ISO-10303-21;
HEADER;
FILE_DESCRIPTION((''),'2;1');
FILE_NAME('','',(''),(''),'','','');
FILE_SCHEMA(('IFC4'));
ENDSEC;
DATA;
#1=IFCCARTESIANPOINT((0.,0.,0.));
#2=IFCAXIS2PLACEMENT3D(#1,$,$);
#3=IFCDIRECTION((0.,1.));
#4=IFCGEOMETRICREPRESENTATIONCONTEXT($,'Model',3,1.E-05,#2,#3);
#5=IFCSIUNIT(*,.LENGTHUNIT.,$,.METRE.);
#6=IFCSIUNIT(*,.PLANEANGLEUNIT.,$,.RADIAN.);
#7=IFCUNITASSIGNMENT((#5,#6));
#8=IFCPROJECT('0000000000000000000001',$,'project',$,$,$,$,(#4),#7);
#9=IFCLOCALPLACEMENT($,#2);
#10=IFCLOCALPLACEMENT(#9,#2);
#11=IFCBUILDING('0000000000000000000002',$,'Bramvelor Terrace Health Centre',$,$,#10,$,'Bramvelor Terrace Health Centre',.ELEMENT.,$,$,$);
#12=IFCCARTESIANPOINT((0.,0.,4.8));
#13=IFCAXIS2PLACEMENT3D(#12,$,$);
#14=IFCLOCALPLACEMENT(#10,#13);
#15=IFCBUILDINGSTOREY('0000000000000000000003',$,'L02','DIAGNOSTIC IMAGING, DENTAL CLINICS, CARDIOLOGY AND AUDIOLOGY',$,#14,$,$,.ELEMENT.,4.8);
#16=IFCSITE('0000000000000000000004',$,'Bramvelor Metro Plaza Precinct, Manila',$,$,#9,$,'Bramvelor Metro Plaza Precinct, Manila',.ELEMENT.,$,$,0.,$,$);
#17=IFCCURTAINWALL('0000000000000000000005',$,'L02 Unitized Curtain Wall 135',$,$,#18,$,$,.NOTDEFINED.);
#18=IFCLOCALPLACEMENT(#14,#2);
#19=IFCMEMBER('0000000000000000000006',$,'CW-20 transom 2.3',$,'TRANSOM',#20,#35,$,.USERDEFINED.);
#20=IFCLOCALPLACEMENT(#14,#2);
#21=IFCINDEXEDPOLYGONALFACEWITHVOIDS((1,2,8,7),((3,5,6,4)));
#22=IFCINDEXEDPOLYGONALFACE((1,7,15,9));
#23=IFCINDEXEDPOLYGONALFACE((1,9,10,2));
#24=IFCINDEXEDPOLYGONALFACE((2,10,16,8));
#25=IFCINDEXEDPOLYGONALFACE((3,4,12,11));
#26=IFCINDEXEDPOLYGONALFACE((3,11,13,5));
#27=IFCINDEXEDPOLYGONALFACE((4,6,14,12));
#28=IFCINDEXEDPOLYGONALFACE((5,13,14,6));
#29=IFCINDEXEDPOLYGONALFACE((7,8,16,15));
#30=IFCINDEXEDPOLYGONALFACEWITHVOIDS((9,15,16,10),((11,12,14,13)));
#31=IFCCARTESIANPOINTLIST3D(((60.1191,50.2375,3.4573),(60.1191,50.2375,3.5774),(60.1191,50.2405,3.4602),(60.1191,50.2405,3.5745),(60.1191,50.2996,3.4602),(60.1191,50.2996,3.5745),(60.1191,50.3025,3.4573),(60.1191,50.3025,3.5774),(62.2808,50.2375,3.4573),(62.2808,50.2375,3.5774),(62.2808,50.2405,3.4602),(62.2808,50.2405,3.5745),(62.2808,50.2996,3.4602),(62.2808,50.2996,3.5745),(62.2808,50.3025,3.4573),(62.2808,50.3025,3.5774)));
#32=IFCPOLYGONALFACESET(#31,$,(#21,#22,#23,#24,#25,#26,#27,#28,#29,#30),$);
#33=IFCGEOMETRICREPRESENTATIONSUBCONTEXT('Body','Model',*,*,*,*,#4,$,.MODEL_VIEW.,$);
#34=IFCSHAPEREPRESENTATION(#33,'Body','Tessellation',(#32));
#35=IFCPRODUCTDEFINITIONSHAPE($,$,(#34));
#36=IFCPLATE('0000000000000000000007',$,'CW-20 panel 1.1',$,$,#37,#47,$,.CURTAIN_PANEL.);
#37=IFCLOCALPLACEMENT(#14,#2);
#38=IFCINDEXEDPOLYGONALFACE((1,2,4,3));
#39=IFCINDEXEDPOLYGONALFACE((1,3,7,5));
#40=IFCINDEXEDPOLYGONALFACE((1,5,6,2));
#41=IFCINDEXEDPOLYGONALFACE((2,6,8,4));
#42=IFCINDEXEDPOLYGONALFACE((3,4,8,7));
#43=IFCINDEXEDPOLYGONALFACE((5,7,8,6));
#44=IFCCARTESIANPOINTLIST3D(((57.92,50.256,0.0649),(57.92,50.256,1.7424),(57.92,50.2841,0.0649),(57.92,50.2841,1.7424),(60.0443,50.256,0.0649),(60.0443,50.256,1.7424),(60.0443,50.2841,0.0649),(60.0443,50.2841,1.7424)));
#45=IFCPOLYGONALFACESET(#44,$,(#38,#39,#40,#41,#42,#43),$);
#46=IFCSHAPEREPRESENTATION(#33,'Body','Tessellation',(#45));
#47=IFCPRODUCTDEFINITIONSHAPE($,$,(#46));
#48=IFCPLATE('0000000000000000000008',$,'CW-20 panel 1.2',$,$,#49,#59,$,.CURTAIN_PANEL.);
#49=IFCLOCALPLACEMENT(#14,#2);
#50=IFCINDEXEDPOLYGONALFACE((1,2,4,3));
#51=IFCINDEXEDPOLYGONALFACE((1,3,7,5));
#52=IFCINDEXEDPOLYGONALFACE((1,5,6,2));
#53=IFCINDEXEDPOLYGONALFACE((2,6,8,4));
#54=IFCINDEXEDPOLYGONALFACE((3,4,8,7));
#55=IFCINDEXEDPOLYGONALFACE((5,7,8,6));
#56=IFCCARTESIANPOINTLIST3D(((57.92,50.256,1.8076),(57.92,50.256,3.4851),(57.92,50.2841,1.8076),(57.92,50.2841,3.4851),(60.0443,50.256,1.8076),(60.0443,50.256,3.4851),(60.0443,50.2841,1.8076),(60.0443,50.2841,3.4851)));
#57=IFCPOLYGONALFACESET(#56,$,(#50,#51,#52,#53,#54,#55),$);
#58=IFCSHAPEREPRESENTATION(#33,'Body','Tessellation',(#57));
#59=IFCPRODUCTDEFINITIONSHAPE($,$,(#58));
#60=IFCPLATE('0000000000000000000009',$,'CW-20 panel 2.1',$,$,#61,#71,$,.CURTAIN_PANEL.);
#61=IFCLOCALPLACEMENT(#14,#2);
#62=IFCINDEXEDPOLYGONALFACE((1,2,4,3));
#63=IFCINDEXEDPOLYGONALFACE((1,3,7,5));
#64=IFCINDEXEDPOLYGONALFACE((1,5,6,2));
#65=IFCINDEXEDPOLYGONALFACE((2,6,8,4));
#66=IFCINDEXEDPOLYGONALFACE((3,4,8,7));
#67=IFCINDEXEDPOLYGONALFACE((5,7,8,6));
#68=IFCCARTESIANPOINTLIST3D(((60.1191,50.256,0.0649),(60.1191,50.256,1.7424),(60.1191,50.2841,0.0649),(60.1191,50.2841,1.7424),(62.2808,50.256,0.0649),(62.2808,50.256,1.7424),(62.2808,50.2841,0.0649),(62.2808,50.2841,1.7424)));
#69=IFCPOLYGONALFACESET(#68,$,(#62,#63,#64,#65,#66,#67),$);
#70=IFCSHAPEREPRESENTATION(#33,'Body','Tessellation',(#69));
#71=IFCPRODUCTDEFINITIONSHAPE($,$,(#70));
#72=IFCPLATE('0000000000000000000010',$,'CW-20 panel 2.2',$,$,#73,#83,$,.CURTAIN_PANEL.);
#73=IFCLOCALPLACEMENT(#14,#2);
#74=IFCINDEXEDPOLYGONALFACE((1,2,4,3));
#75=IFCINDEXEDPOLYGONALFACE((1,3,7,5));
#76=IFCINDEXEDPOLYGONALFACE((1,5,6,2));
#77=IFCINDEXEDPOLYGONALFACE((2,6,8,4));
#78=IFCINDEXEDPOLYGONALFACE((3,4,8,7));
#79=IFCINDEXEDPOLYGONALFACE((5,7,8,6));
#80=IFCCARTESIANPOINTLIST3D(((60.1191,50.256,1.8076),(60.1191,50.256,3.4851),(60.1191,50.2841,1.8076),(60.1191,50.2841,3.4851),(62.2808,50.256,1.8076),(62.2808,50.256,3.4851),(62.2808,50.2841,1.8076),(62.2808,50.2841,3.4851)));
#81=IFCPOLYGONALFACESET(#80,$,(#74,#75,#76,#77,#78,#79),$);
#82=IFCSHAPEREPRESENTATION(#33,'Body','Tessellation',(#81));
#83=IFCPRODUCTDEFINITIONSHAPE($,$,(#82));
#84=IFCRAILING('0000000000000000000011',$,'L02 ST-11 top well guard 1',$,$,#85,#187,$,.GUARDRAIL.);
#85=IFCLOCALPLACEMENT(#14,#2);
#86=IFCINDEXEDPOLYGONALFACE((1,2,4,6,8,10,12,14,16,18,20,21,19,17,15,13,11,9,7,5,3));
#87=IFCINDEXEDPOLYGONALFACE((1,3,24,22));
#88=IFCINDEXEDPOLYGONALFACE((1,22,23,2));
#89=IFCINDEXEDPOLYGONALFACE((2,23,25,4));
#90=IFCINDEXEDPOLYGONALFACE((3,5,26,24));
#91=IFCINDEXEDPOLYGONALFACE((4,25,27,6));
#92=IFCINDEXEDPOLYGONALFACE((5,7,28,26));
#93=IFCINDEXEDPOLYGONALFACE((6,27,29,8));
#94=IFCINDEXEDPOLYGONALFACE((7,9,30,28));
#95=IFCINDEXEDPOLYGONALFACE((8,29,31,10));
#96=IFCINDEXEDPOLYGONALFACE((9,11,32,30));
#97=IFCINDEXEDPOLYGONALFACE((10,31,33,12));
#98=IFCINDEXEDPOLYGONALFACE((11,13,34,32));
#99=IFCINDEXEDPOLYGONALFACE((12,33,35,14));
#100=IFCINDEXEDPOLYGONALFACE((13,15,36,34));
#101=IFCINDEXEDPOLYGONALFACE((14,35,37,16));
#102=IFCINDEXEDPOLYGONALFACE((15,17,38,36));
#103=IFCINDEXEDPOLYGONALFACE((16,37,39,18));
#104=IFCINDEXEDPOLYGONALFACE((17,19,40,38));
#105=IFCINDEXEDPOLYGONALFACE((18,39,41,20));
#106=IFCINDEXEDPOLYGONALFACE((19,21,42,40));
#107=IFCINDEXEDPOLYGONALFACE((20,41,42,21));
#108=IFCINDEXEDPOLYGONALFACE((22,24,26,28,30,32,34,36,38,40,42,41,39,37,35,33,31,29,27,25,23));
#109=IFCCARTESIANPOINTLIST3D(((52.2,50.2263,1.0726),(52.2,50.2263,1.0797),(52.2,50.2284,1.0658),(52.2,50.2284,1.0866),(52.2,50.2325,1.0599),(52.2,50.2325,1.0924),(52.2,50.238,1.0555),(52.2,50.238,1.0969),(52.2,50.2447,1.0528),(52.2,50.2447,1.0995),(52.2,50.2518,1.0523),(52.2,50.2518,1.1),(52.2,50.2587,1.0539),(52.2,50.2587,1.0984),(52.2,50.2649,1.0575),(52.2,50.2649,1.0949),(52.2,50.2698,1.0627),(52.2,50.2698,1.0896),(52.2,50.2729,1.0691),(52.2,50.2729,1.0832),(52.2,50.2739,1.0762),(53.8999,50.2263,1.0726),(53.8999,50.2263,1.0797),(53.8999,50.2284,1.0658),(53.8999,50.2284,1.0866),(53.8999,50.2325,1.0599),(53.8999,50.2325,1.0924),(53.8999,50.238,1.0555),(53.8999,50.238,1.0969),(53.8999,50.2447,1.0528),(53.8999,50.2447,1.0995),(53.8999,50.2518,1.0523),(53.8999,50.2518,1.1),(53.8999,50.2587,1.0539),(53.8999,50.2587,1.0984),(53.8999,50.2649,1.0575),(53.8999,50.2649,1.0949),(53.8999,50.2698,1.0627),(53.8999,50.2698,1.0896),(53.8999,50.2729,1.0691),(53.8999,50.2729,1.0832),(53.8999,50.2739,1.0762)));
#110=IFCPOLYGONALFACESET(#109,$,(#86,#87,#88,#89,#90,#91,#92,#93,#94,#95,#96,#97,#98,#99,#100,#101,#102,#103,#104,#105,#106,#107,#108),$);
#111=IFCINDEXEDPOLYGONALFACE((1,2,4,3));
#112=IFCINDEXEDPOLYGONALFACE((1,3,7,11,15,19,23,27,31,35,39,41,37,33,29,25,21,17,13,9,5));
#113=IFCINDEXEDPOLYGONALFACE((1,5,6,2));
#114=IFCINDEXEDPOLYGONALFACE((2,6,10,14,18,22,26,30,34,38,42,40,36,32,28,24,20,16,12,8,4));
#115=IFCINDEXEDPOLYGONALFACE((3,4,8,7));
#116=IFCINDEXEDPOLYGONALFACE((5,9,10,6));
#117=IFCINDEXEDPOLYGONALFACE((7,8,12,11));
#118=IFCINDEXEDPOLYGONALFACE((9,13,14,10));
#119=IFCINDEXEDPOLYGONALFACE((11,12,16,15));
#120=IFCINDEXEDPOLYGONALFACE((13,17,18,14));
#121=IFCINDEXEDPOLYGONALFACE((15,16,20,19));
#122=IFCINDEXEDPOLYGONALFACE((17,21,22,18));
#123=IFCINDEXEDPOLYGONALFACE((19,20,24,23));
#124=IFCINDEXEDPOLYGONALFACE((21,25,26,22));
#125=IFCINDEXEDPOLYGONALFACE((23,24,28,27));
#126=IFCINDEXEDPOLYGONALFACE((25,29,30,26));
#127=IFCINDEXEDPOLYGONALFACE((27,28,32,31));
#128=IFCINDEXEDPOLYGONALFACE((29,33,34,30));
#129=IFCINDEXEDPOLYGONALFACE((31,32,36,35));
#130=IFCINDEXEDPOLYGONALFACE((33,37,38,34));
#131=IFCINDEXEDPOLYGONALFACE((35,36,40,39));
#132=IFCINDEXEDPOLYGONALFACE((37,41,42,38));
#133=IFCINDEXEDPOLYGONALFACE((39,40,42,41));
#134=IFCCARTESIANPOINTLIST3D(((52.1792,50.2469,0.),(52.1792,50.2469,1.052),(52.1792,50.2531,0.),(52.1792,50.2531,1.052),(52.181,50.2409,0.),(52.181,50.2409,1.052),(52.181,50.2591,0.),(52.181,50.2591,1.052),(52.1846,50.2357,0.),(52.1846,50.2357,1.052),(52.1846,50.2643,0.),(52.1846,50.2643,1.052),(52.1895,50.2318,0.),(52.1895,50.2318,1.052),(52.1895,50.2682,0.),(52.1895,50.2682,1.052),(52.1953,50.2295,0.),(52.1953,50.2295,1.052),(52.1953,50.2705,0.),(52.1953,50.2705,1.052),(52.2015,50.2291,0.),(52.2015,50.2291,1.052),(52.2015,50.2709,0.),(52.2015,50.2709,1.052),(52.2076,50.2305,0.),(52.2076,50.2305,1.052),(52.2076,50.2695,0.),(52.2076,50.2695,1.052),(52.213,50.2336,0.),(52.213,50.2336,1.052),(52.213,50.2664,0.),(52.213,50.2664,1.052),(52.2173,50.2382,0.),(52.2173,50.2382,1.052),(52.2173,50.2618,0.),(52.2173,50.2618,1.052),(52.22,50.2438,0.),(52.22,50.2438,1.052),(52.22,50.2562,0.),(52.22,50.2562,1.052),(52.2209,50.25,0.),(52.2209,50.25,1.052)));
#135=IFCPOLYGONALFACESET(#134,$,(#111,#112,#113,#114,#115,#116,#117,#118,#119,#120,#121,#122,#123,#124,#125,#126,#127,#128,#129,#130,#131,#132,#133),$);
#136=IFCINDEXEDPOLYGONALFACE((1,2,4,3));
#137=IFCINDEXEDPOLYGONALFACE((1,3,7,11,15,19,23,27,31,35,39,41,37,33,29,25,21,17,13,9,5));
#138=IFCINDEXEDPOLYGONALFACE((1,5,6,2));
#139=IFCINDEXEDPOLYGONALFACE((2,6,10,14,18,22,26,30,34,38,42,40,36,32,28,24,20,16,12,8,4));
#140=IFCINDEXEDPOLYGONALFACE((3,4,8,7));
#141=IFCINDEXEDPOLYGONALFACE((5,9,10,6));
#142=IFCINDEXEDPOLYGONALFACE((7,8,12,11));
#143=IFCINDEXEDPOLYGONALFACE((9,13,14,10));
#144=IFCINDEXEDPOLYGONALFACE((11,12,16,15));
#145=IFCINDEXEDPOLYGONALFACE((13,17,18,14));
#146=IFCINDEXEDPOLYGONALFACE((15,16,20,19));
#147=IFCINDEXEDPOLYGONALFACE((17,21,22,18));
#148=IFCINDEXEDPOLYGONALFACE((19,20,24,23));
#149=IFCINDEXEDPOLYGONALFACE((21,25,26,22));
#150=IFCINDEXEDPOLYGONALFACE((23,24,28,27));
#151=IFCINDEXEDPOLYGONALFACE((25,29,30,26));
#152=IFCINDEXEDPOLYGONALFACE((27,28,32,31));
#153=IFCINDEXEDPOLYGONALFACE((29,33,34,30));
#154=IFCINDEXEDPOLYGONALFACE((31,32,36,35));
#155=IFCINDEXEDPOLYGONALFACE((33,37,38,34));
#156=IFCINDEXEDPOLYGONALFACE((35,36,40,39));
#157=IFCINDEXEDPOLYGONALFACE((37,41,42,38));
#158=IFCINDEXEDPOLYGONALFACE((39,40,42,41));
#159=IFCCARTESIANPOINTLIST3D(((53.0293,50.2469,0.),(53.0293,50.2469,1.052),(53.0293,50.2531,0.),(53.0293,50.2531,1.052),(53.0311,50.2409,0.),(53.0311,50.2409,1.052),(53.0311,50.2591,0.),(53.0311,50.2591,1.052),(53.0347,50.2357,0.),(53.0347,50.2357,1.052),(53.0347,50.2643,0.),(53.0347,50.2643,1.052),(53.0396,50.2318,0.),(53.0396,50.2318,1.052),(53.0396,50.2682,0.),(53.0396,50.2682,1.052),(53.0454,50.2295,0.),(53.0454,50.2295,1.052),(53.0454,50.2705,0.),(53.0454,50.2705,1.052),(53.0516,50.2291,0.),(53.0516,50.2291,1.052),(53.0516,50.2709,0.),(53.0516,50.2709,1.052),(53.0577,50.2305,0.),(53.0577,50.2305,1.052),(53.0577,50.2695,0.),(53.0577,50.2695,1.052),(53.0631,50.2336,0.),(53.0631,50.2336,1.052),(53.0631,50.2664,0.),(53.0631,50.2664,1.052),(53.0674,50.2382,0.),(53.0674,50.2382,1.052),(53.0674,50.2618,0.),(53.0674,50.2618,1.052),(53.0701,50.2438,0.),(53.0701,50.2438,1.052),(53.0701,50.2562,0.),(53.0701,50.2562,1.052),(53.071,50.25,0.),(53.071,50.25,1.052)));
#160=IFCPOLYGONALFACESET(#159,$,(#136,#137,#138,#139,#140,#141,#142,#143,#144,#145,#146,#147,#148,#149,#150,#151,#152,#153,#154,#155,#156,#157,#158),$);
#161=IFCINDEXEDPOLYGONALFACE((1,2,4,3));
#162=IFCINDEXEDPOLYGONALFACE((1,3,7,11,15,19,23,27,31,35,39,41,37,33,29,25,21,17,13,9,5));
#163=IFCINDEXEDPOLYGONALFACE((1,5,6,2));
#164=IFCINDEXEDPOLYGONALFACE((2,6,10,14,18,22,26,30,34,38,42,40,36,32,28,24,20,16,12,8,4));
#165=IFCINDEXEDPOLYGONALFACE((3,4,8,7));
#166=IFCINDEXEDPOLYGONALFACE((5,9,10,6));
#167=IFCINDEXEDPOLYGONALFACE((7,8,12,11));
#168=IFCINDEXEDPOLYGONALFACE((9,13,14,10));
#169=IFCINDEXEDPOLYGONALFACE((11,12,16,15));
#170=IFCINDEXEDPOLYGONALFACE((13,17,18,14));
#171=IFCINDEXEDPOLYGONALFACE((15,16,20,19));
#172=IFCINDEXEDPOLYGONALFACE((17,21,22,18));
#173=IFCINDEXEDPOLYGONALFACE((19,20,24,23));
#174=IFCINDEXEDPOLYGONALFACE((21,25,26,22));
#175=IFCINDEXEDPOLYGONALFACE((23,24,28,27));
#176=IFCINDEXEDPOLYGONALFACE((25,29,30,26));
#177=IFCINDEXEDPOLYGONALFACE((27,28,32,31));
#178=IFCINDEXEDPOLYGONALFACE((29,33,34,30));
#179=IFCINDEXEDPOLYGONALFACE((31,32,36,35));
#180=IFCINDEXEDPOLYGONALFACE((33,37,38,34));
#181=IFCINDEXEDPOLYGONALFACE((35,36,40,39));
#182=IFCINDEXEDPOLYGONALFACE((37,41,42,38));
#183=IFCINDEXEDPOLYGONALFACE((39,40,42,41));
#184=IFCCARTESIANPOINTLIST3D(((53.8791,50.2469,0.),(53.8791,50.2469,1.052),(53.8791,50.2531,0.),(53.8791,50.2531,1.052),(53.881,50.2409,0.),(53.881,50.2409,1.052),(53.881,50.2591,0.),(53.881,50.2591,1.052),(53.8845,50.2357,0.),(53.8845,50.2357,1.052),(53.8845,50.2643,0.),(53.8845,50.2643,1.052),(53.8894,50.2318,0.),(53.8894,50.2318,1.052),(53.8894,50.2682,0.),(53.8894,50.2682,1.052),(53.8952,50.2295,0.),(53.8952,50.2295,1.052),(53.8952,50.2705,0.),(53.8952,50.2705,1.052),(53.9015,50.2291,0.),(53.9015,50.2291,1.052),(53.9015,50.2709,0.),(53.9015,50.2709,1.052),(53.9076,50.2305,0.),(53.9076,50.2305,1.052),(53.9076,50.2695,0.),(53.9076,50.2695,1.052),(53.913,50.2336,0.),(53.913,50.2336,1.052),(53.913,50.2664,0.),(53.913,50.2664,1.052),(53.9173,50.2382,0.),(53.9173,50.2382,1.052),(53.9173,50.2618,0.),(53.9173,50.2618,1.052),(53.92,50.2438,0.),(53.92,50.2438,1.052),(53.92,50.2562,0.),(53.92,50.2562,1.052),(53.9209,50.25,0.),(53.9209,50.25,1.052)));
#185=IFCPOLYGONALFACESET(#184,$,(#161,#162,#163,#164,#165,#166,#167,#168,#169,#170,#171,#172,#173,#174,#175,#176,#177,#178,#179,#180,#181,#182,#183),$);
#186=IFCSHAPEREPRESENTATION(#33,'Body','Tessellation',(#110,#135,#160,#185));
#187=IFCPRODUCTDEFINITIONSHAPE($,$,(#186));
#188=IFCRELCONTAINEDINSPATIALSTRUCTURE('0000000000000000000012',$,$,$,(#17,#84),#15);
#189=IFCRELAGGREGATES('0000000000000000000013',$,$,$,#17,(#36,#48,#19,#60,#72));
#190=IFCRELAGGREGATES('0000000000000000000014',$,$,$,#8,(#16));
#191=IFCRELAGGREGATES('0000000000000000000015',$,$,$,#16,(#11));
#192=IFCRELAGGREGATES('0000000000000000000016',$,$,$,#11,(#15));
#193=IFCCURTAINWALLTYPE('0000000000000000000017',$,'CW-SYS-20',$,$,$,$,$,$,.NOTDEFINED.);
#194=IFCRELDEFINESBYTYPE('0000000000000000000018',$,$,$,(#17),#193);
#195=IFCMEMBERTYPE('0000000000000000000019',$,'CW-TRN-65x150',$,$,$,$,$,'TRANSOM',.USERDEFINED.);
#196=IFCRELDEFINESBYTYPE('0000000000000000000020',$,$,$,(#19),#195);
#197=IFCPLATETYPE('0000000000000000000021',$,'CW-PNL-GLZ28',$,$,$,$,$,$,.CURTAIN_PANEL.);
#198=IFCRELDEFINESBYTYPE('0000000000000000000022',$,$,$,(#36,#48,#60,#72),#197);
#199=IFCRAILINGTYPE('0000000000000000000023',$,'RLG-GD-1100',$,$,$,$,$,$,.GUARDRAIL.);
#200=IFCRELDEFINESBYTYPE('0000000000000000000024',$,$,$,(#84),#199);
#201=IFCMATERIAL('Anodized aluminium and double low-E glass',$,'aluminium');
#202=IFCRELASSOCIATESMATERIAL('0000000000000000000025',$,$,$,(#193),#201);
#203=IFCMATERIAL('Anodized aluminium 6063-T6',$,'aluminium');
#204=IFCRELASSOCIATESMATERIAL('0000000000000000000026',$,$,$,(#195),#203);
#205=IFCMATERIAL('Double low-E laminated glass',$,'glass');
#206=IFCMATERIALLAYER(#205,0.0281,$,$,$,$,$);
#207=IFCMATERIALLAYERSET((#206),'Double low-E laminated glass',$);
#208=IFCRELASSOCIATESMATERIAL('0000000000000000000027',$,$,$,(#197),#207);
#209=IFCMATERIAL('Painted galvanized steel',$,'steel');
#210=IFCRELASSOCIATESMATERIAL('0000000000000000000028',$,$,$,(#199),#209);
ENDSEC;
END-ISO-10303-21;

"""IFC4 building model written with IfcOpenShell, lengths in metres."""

from ifc_helpers import new_model, si_unit, direction, frame, origin, origin_2d, place, context, subcontext, project, spatial, rectangle, hollow_rectangle, circle, extrude, material, layer, layer_set, material_profile, profile_set, type_object, element, aggregate, save


model = new_model("IFC4")

# Units and contexts
model_context = context("Model", 3, precision=1e-05, world=origin(), true_north=direction((0.0, 1.0)))
body_context = subcontext(model_context, "Body", "Model", "MODEL_VIEW")
ifc_project = project(units=[si_unit("LENGTHUNIT", "METRE"), si_unit("PLANEANGLEUNIT", "RADIAN")], contexts=[model_context])

# Site, building, storey
site_placement = place(None, origin())
site = spatial("IfcSite", under=ifc_project, at=site_placement, Name="Bramvelor Metro Plaza Precinct, Manila", LongName="Bramvelor Metro Plaza Precinct, Manila", CompositionType="ELEMENT", RefElevation=0.0)
building_placement = place(site_placement, origin())
building = spatial("IfcBuilding", under=site, at=building_placement, Name="Bramvelor Terrace Health Centre", LongName="Bramvelor Terrace Health Centre", CompositionType="ELEMENT")
storey_placement = place(building_placement, frame((0.0, 0.0, 4.8)))
storey = spatial("IfcBuildingStorey", under=building, at=storey_placement, Name="L02", Description="DIAGNOSTIC IMAGING, DENTAL CLINICS, CARDIOLOGY AND AUDIOLOGY", CompositionType="ELEMENT", Elevation=4.8)

# Curtain wall, member, plates
ifc_material_1 = material(Name="Anodized aluminium and double low-E glass", Category="aluminium")
curtain_wall_type = type_object("IfcCurtainWallType", Name="CW-SYS-20", PredefinedType="NOTDEFINED", material=ifc_material_1)
curtain_wall_placement = place(storey_placement, origin())
curtain_wall = element("IfcCurtainWall", 1, at=curtain_wall_placement, inside=storey, type_object=curtain_wall_type, Name="L02 Unitized Curtain Wall 135", PredefinedType="NOTDEFINED")
ifc_material_2 = material(Name="Anodized aluminium 6063-T6", Category="aluminium")
ifc_material_profile_1 = material_profile(ifc_material_2, hollow_rectangle(XDim=0.0649, YDim=0.1201, WallThickness=0.0029, at=origin_2d()), Name="ALU-TRN 65x120x3.0")
ifc_profile_set_1 = profile_set([ifc_material_profile_1], Name="Anodized aluminium 6063-T6")
member_type_1 = type_object("IfcMemberType", Name="CW-TRN-65x150", ElementType="TRANSOM", PredefinedType="USERDEFINED", material=ifc_profile_set_1)
member_1_placement = place(storey_placement, frame((60.1191, 50.27, 3.5173), z_axis=(1.0, 0.0, 0.0), x_axis=(0.0, 1.0, 0.0)))
member_1 = element("IfcMember", 2, at=member_1_placement, type_object=member_type_1, Name="CW-20 transom 2.3", ObjectType="TRANSOM", PredefinedType="USERDEFINED", context=body_context, shape_type="SweptSolid", body=[
    extrude(hollow_rectangle(XDim=0.0649, YDim=0.1201, WallThickness=0.0029, at=origin_2d()), origin(), (0.0, 0.0, 1.0), 2.1616),
])
ifc_material_3 = material(Name="Double low-E laminated glass", Category="glass")
ifc_layer = layer(ifc_material_3, 0.0281)
ifc_layer_set = layer_set([ifc_layer], Name="Double low-E laminated glass")
plate_type = type_object("IfcPlateType", Name="CW-PNL-GLZ28", PredefinedType="CURTAIN_PANEL", material=ifc_layer_set)
plate_1_placement = place(storey_placement, frame((58.9822, 50.27, 0.0649), z_axis=(0.0, 0.0, 1.0), x_axis=(1.0, 0.0, 0.0)))
plate_1 = element("IfcPlate", 3, at=plate_1_placement, type_object=plate_type, Name="CW-20 panel 1.1", PredefinedType="CURTAIN_PANEL", context=body_context, shape_type="SweptSolid", body=[
    extrude(rectangle(XDim=2.1243, YDim=0.0281, at=origin_2d()), origin(), (0.0, 0.0, 1.0), 1.6775),
])
plate_2_placement = place(storey_placement, frame((58.9822, 50.27, 1.8076), z_axis=(0.0, 0.0, 1.0), x_axis=(1.0, 0.0, 0.0)))
plate_2 = element("IfcPlate", 4, at=plate_2_placement, type_object=plate_type, Name="CW-20 panel 1.2", PredefinedType="CURTAIN_PANEL", context=body_context, shape_type="SweptSolid", body=[
    extrude(rectangle(XDim=2.1243, YDim=0.0281, at=origin_2d()), origin(), (0.0, 0.0, 1.0), 1.6775),
])
plate_3_placement = place(storey_placement, frame((61.2, 50.27, 0.0649), z_axis=(0.0, 0.0, 1.0), x_axis=(1.0, 0.0, 0.0)))
plate_3 = element("IfcPlate", 5, at=plate_3_placement, type_object=plate_type, Name="CW-20 panel 2.1", PredefinedType="CURTAIN_PANEL", context=body_context, shape_type="SweptSolid", body=[
    extrude(rectangle(XDim=2.1616, YDim=0.0281, at=origin_2d()), origin(), (0.0, 0.0, 1.0), 1.6775),
])
plate_4_placement = place(storey_placement, frame((61.2, 50.27, 1.8076), z_axis=(0.0, 0.0, 1.0), x_axis=(1.0, 0.0, 0.0)))
plate_4 = element("IfcPlate", 6, at=plate_4_placement, type_object=plate_type, Name="CW-20 panel 2.2", PredefinedType="CURTAIN_PANEL", context=body_context, shape_type="SweptSolid", body=[
    extrude(rectangle(XDim=2.1616, YDim=0.0281, at=origin_2d()), origin(), (0.0, 0.0, 1.0), 1.6775),
])
aggregate(curtain_wall, [plate_1, plate_2, member_1, plate_3, plate_4])

# Railing
ifc_material_4 = material(Name="Painted galvanized steel", Category="steel")
railing_type = type_object("IfcRailingType", Name="RLG-GD-1100", PredefinedType="GUARDRAIL", material=ifc_material_4)
railing_1_placement = place(storey_placement, frame((52.2, 50.25, 0.0)))
element("IfcRailing", 7, at=railing_1_placement, inside=storey, type_object=railing_type, Name="L02 ST-11 top well guard 1", PredefinedType="GUARDRAIL", context=body_context, shape_type="SweptSolid", body=[
    extrude(circle(Radius=0.0239, at=origin_2d()), frame((0.0, 0.0, 1.0762), z_axis=(1.0, 0.0, 0.0), x_axis=(0.0, 1.0, 0.0)), (0.0, 0.0, 1.0), 1.7),
    extrude(circle(Radius=0.021, at=origin_2d()), origin(), (0.0, 0.0, 1.0), 1.052),
    extrude(circle(Radius=0.021, at=origin_2d()), frame((0.8501, 0.0, 0.0)), (0.0, 0.0, 1.0), 1.052),
    extrude(circle(Radius=0.021, at=origin_2d()), frame((1.7, 0.0, 0.0)), (0.0, 0.0, 1.0), 1.052),
])

save(model, "model.ifc")
